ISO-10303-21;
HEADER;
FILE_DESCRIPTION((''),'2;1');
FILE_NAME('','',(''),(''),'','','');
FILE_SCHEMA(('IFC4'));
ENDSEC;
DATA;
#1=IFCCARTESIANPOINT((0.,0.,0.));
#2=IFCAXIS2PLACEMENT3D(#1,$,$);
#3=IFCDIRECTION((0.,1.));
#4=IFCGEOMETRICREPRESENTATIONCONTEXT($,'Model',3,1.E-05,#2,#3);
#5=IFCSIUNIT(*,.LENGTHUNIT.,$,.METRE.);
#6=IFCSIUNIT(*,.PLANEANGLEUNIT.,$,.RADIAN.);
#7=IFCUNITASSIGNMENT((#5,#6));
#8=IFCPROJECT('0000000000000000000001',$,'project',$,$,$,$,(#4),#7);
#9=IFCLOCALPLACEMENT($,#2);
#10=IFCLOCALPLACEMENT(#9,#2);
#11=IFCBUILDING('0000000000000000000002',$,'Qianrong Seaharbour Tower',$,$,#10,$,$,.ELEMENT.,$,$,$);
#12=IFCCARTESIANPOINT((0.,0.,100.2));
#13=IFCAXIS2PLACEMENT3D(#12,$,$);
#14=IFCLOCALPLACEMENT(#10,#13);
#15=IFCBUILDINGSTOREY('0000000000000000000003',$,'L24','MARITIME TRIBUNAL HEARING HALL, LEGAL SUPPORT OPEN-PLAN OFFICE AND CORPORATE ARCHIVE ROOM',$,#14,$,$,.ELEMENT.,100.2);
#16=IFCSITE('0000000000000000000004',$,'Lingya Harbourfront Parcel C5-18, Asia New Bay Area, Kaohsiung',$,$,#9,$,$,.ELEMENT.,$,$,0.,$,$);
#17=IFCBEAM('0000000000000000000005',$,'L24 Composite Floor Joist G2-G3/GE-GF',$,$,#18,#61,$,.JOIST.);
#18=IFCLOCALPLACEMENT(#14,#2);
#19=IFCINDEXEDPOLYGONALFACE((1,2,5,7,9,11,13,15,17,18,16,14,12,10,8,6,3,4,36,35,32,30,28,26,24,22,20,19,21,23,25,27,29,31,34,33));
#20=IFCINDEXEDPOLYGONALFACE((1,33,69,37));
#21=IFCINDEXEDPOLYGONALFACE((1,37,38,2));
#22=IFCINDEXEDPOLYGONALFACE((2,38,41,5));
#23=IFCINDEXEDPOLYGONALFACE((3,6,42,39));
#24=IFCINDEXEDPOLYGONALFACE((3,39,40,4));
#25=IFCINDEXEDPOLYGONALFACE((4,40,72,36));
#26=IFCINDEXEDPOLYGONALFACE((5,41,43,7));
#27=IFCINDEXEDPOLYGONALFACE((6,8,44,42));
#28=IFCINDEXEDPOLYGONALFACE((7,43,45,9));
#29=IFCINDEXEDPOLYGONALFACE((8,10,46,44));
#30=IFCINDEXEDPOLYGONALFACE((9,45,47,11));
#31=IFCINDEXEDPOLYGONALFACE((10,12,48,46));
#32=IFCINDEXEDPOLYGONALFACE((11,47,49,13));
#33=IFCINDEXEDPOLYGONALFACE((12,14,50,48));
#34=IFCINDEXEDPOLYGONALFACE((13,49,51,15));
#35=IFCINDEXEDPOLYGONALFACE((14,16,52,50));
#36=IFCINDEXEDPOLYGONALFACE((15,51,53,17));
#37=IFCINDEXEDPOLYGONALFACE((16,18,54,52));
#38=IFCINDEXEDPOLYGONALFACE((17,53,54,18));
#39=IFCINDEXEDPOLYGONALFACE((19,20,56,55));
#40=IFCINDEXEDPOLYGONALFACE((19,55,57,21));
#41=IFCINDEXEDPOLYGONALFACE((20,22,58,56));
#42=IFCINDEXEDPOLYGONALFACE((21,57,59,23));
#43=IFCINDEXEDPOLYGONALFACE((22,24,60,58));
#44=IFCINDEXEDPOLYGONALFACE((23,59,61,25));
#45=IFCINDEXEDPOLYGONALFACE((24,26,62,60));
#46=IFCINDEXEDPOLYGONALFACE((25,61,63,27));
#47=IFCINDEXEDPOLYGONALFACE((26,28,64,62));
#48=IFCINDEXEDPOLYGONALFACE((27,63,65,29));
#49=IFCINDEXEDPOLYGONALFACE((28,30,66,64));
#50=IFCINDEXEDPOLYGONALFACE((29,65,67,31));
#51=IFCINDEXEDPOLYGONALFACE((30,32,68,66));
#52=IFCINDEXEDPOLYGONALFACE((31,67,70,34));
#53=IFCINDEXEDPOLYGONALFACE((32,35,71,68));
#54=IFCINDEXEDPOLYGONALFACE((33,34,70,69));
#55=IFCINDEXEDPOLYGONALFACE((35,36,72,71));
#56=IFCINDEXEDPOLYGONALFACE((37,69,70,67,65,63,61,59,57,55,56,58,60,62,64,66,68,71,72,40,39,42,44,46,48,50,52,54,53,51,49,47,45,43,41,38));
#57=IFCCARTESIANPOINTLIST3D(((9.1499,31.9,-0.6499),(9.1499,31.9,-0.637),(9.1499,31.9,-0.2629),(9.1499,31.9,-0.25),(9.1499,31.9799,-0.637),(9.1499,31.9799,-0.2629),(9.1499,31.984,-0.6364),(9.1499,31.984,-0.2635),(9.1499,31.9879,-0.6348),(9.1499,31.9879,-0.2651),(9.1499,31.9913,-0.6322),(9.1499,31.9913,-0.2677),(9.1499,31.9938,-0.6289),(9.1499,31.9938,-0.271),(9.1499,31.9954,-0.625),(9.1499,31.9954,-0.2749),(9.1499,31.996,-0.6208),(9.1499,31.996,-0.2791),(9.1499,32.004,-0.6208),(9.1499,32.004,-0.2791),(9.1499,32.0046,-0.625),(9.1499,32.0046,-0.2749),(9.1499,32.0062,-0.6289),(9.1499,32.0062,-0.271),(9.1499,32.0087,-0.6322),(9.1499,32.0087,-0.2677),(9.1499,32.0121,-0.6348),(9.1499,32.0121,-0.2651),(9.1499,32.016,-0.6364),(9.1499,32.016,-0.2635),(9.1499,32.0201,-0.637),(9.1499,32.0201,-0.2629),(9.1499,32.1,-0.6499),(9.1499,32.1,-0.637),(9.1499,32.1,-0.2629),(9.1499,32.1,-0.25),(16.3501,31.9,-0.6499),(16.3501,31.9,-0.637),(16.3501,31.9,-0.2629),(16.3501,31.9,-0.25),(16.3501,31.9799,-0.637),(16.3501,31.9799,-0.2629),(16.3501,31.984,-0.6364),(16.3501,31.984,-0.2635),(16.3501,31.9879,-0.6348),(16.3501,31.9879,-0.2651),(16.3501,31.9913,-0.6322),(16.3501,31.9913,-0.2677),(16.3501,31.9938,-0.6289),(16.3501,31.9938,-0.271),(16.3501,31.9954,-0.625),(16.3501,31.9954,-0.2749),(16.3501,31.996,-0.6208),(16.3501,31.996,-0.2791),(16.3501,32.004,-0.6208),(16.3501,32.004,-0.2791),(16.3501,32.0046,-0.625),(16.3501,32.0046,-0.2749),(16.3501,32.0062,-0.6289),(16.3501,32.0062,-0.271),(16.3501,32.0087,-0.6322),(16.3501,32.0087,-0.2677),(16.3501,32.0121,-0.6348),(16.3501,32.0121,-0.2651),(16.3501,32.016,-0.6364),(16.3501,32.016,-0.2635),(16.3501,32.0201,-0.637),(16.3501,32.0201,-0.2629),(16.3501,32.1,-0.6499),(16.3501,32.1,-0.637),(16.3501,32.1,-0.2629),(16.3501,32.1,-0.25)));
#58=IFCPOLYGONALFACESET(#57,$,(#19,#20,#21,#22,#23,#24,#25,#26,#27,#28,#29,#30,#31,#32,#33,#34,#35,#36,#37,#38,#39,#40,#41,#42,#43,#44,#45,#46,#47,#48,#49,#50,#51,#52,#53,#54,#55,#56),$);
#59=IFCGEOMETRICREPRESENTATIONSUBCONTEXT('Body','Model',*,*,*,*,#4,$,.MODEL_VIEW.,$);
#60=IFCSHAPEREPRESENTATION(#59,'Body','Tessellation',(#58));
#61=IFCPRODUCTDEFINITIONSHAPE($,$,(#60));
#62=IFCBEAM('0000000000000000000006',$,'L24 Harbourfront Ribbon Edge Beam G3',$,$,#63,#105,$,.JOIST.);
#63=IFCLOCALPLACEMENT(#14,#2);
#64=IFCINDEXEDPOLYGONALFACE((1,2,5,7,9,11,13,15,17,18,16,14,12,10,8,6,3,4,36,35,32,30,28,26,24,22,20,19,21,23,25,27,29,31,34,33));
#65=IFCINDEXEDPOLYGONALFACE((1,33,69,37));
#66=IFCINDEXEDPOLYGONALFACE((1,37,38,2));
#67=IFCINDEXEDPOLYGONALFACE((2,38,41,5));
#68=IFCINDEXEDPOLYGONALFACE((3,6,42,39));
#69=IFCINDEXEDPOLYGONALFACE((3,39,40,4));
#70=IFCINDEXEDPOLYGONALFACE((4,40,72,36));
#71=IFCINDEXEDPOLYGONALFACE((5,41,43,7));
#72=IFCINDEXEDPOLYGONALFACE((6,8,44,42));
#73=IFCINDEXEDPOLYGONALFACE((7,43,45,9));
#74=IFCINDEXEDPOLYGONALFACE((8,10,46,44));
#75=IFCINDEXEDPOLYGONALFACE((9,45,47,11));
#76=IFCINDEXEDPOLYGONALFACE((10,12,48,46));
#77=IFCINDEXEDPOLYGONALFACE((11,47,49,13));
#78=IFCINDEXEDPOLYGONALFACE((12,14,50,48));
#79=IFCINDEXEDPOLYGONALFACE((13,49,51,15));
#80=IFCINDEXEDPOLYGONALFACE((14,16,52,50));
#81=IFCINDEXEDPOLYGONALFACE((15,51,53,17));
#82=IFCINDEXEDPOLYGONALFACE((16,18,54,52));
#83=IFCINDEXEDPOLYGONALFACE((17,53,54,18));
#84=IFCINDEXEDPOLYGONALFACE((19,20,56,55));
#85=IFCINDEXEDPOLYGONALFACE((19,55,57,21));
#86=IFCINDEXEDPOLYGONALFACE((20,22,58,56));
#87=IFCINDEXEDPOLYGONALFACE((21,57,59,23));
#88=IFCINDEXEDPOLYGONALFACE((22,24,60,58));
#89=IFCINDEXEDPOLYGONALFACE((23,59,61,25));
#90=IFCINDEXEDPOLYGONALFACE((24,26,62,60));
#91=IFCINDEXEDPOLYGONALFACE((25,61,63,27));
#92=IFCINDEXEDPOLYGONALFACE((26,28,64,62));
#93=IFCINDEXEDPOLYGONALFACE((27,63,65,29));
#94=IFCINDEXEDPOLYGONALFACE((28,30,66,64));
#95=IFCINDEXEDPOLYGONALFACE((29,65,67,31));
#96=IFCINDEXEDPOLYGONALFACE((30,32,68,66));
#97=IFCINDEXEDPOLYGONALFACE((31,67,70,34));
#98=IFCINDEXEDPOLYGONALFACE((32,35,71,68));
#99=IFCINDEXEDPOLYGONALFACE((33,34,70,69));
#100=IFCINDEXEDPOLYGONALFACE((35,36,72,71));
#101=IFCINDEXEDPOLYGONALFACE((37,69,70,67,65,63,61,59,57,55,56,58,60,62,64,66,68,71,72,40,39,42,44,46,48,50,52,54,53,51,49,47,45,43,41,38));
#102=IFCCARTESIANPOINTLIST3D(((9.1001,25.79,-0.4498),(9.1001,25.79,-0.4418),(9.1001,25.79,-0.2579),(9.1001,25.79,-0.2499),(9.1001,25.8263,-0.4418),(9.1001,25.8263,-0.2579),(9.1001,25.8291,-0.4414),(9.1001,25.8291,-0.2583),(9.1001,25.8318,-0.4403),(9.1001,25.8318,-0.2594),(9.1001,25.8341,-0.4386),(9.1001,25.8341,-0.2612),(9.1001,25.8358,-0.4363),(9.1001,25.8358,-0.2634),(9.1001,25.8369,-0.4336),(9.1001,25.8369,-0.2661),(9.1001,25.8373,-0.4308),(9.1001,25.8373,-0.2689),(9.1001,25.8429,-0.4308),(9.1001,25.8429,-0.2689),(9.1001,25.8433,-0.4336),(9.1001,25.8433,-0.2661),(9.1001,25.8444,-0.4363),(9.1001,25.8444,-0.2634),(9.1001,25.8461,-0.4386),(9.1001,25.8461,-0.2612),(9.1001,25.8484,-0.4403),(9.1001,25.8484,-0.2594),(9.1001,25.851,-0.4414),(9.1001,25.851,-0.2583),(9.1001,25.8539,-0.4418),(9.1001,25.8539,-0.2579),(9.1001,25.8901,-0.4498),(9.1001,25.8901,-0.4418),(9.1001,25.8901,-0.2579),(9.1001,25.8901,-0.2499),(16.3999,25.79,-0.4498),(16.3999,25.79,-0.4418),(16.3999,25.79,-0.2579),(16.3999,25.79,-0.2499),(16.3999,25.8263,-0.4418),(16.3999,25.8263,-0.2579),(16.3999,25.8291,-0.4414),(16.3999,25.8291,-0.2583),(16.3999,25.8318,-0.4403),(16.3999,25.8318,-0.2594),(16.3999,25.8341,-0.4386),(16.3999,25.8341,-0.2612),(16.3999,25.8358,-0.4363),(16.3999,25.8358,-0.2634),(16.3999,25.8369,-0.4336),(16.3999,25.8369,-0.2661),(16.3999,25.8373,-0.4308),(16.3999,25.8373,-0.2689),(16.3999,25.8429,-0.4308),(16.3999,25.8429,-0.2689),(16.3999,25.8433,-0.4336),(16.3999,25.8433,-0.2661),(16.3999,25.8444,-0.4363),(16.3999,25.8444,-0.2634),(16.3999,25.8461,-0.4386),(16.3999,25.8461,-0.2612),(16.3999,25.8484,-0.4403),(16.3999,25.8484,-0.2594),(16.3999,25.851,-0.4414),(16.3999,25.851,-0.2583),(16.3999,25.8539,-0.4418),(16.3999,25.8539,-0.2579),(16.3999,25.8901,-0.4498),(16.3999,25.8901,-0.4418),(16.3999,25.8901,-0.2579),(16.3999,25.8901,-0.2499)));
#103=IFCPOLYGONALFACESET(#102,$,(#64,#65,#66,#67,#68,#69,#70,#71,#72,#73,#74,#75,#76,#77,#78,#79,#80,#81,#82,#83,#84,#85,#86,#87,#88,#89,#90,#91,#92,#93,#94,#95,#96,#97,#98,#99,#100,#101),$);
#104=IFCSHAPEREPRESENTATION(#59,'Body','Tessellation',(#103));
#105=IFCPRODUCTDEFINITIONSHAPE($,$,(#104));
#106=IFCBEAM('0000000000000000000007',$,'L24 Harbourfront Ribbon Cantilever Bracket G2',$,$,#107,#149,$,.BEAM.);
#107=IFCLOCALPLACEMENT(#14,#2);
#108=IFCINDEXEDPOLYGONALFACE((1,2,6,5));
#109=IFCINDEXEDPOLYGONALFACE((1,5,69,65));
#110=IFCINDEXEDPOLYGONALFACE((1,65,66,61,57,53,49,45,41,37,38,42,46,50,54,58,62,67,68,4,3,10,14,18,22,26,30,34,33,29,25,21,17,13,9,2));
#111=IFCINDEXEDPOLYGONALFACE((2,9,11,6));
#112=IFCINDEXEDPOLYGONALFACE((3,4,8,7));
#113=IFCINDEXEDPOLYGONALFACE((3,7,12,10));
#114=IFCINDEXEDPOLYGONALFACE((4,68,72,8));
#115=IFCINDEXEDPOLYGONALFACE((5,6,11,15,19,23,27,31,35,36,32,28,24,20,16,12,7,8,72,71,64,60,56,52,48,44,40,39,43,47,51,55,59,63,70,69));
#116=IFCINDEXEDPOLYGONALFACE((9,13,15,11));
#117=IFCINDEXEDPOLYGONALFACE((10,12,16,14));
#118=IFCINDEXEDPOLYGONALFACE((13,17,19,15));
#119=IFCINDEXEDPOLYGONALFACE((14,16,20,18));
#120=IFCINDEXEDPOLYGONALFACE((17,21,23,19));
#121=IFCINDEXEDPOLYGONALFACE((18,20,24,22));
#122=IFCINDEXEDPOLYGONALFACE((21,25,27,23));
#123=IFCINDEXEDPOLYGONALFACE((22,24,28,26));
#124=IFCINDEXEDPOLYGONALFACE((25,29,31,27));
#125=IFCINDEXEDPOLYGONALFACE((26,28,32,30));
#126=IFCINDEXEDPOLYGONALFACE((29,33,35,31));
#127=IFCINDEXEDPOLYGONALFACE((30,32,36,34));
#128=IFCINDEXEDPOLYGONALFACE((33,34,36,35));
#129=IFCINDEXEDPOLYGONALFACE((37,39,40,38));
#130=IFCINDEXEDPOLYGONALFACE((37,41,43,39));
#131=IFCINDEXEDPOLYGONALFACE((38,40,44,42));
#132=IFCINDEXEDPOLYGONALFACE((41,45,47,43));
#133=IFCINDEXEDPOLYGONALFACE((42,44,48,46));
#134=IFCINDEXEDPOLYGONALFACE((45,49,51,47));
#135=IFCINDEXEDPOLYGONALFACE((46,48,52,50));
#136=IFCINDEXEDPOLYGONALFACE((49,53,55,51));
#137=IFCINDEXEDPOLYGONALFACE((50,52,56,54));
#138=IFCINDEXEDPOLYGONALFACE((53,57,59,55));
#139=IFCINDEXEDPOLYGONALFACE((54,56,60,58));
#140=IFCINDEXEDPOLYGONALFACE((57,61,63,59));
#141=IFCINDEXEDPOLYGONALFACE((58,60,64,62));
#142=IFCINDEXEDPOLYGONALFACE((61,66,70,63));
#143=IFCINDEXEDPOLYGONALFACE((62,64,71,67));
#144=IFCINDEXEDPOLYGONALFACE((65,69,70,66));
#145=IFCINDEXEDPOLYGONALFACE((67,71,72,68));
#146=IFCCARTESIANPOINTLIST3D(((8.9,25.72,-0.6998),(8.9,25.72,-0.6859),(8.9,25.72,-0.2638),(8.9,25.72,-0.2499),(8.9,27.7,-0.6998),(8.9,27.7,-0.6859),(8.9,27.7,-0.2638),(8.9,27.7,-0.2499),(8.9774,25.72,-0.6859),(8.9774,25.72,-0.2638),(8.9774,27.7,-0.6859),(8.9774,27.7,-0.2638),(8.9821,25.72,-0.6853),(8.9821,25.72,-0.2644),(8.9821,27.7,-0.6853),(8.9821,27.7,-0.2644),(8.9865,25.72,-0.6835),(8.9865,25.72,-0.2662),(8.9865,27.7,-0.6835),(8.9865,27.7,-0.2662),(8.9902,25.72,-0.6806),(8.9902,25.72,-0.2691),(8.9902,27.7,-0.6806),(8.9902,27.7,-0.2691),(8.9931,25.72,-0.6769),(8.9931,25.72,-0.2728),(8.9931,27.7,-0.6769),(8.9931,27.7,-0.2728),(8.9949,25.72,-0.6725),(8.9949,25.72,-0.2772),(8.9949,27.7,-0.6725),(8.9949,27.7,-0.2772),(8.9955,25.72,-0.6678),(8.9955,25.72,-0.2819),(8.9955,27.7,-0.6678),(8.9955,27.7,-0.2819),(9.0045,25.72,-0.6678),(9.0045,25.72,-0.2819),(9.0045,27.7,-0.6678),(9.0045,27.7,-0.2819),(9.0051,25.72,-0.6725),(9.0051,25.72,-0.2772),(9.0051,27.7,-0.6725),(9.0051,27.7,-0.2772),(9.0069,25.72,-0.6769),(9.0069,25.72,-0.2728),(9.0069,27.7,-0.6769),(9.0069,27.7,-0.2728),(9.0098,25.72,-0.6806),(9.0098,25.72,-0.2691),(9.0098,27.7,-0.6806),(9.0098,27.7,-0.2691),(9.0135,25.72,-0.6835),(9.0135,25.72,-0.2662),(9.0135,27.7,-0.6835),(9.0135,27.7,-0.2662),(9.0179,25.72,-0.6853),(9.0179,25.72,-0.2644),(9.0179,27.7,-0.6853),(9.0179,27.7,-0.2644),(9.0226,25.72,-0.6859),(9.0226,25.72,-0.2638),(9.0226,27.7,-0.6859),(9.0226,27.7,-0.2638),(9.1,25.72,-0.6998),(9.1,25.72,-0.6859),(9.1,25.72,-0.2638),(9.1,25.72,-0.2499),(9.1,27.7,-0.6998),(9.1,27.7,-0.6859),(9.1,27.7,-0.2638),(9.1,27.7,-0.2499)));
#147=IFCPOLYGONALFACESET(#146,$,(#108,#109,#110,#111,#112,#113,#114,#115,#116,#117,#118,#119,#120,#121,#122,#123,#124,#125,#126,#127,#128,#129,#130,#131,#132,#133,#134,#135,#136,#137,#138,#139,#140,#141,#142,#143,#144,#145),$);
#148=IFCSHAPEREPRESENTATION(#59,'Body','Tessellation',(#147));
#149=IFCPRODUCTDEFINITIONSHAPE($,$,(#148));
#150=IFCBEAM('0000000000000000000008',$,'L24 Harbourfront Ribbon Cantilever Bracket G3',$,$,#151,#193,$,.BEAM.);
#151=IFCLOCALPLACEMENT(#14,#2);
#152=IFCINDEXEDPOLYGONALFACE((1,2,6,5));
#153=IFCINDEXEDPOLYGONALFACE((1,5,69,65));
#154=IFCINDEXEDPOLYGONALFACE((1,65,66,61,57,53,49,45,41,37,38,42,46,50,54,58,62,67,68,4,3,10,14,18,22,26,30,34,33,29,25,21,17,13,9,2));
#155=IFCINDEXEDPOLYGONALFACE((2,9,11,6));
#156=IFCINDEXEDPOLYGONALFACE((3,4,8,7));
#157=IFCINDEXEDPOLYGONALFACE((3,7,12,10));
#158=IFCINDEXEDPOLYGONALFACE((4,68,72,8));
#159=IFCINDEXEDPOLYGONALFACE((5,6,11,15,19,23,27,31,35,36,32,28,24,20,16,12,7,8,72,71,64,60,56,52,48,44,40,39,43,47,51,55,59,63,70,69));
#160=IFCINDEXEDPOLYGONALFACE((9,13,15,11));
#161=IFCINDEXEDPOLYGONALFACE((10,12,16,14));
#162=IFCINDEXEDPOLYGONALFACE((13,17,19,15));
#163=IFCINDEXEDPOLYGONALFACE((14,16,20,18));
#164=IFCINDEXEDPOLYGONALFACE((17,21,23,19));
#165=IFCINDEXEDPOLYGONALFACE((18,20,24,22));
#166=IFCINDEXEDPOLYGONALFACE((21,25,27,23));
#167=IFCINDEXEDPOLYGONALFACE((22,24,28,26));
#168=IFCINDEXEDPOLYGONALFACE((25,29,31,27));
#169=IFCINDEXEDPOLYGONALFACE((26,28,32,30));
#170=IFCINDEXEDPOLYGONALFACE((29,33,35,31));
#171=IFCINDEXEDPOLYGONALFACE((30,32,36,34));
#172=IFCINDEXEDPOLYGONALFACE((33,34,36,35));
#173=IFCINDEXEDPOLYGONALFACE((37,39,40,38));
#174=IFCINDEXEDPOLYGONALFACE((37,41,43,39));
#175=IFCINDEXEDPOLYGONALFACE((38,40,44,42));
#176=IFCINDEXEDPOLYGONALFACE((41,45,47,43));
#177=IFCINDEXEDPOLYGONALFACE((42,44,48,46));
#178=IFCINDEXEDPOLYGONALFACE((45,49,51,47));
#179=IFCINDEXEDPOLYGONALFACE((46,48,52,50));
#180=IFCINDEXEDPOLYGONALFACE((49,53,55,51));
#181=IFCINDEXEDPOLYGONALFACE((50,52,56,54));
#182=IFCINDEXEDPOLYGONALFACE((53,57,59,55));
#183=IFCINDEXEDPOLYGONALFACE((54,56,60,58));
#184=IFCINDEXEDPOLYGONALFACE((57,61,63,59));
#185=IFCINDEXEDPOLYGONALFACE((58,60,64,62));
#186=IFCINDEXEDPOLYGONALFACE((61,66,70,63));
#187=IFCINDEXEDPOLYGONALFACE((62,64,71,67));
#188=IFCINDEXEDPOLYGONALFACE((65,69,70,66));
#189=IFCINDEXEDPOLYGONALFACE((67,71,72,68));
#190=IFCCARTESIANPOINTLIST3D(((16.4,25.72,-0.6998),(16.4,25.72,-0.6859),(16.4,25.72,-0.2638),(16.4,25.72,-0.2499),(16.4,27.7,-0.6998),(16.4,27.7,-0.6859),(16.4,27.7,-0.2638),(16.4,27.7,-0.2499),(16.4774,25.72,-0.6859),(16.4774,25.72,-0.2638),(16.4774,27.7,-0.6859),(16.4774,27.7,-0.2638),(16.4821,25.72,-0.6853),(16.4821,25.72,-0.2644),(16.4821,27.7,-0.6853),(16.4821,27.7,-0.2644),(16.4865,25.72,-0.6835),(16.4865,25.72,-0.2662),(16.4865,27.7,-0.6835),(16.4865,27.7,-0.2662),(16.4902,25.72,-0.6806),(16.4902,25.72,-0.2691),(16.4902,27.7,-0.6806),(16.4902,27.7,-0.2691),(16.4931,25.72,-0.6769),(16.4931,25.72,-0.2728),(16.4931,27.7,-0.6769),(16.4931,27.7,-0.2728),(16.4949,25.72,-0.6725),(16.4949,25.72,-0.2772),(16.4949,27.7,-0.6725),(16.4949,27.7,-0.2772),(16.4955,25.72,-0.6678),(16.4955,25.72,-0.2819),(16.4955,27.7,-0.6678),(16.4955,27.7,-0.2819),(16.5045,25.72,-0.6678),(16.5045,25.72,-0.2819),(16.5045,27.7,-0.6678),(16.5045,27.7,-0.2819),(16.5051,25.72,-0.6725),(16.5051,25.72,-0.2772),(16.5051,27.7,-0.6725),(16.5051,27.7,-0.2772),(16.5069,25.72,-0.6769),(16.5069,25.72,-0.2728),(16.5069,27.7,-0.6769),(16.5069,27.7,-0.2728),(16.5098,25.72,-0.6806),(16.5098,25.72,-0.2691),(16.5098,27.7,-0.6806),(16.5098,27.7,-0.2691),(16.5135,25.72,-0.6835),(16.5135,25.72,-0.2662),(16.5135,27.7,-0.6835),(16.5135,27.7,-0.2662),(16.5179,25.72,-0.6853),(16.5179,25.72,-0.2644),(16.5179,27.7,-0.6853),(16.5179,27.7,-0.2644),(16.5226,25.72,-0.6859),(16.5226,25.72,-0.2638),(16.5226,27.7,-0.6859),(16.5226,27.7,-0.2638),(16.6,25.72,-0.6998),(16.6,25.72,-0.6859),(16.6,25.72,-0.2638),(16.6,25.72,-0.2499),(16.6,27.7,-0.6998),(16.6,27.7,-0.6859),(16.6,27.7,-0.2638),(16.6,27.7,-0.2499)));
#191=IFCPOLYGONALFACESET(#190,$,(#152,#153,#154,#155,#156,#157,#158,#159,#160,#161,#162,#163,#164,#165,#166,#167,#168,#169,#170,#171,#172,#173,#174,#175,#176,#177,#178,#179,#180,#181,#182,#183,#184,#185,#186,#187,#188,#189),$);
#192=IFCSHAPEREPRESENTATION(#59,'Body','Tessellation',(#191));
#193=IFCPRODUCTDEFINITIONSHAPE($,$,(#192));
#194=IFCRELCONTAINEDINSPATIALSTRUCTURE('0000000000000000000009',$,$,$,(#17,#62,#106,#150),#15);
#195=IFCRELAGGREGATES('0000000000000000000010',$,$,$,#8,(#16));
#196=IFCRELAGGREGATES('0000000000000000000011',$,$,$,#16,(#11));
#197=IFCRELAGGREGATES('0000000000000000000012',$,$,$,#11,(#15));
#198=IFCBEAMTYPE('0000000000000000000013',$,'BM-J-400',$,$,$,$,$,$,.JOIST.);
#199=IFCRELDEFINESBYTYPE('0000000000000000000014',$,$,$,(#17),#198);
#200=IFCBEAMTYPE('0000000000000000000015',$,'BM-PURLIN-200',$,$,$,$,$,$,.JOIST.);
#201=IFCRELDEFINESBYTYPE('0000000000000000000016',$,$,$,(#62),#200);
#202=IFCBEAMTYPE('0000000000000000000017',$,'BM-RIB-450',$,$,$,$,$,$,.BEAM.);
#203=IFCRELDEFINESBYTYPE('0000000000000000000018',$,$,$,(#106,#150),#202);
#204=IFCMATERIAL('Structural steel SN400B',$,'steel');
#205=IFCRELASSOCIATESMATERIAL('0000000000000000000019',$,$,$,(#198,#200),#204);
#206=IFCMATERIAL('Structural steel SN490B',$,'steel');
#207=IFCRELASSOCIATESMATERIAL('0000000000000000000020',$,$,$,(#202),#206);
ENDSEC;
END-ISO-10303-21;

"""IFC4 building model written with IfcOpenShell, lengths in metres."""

from ifc_helpers import new_model, si_unit, direction, frame, origin, origin_2d, place, context, subcontext, project, spatial, i_section, extrude, material, material_profile, profile_set, type_object, element, save


model = new_model("IFC4")

# Units and contexts
model_context = context("Model", 3, precision=1e-05, world=origin(), true_north=direction((0.0, 1.0)))
body_context = subcontext(model_context, "Body", "Model", "MODEL_VIEW")
ifc_project = project(units=[si_unit("LENGTHUNIT", "METRE"), si_unit("PLANEANGLEUNIT", "RADIAN")], contexts=[model_context])

# Site, building, storey
site_placement = place(None, origin())
site = spatial("IfcSite", under=ifc_project, at=site_placement, Name="Lingya Harbourfront Parcel C5-18, Asia New Bay Area, Kaohsiung", CompositionType="ELEMENT", RefElevation=0.0)
building_placement = place(site_placement, origin())
building = spatial("IfcBuilding", under=site, at=building_placement, Name="Qianrong Seaharbour Tower", CompositionType="ELEMENT")
storey_placement = place(building_placement, frame((0.0, 0.0, 100.2)))
storey = spatial("IfcBuildingStorey", under=building, at=storey_placement, Name="L24", Description="MARITIME TRIBUNAL HEARING HALL, LEGAL SUPPORT OPEN-PLAN OFFICE AND CORPORATE ARCHIVE ROOM", CompositionType="ELEMENT", Elevation=100.2)

# Shared definitions
ifc_material_1 = material(Name="Structural steel SN490B", Category="steel")

# Beams
ifc_material_2 = material(Name="Structural steel SN400B", Category="steel")
ifc_material_profile_1 = material_profile(ifc_material_2, i_section(OverallWidth=0.2, OverallDepth=0.3999, WebThickness=0.0081, FlangeThickness=0.0129, FilletRadius=0.0161, at=origin_2d()), Name="H400x200x8x13")
ifc_profile_set_1 = profile_set([ifc_material_profile_1], Name="Structural steel SN400B")
beam_type_1 = type_object("IfcBeamType", Name="BM-J-400", PredefinedType="JOIST", material=ifc_profile_set_1)
beam_1_placement = place(storey_placement, frame((9.1499, 32.0, -0.45), z_axis=(1.0, 0.0, 0.0), x_axis=(0.0, 1.0, 0.0)))
element("IfcBeam", 1, at=beam_1_placement, inside=storey, type_object=beam_type_1, Name="L24 Composite Floor Joist G2-G3/GE-GF", PredefinedType="JOIST", context=body_context, shape_type="SweptSolid", body=[
    extrude(i_section(OverallWidth=0.2, OverallDepth=0.3999, WebThickness=0.0081, FlangeThickness=0.0129, FilletRadius=0.0161, at=origin_2d()), origin(), (0.0, 0.0, 1.0), 7.2002),
])
ifc_material_profile_2 = material_profile(ifc_material_2, i_section(OverallWidth=0.1001, OverallDepth=0.2, WebThickness=0.0056, FlangeThickness=0.0081, FilletRadius=0.011, at=origin_2d()), Name="H200x100x5.5x8")
ifc_profile_set_2 = profile_set([ifc_material_profile_2], Name="Structural steel SN400B")
beam_type_2 = type_object("IfcBeamType", Name="BM-PURLIN-200", PredefinedType="JOIST", material=ifc_profile_set_2)
beam_2_placement = place(storey_placement, frame((9.1001, 25.8401, -0.3499), z_axis=(1.0, 0.0, 0.0), x_axis=(0.0, 1.0, 0.0)))
element("IfcBeam", 2, at=beam_2_placement, inside=storey, type_object=beam_type_2, Name="L24 Harbourfront Ribbon Edge Beam G3", PredefinedType="JOIST", context=body_context, shape_type="SweptSolid", body=[
    extrude(i_section(OverallWidth=0.1001, OverallDepth=0.2, WebThickness=0.0056, FlangeThickness=0.0081, FilletRadius=0.011, at=origin_2d()), origin(), (0.0, 0.0, 1.0), 7.2998),
])
ifc_material_profile_3 = material_profile(ifc_material_1, i_section(OverallWidth=0.2, OverallDepth=0.45, WebThickness=0.009, FlangeThickness=0.0139, FilletRadius=0.0181, at=origin_2d()), Name="H450x200x9x14")
ifc_profile_set_3 = profile_set([ifc_material_profile_3], Name="Structural steel SN490B")
beam_type_3 = type_object("IfcBeamType", Name="BM-RIB-450", PredefinedType="BEAM", material=ifc_profile_set_3)
for number, where, z_axis, x_axis, name in (
    (3, (9.0, 27.7, -0.4749), (0.0, -1.0, 0.0), (1.0, 0.0, 0.0), "L24 Harbourfront Ribbon Cantilever Bracket G2"),
    (4, (16.5, 27.7, -0.4749), (0.0, -1.0, 0.0), (1.0, 0.0, 0.0), "L24 Harbourfront Ribbon Cantilever Bracket G3"),
):
    element("IfcBeam", number, at=place(storey_placement, frame(where, z_axis=z_axis, x_axis=x_axis)), inside=storey, type_object=beam_type_3, Name=name, PredefinedType="BEAM", context=body_context, shape_type="SweptSolid", body=[
        extrude(i_section(OverallWidth=0.2, OverallDepth=0.45, WebThickness=0.009, FlangeThickness=0.0139, FilletRadius=0.0181, at=origin_2d()), origin(), (0.0, 0.0, 1.0), 1.98),
    ])

save(model, "model.ifc")
